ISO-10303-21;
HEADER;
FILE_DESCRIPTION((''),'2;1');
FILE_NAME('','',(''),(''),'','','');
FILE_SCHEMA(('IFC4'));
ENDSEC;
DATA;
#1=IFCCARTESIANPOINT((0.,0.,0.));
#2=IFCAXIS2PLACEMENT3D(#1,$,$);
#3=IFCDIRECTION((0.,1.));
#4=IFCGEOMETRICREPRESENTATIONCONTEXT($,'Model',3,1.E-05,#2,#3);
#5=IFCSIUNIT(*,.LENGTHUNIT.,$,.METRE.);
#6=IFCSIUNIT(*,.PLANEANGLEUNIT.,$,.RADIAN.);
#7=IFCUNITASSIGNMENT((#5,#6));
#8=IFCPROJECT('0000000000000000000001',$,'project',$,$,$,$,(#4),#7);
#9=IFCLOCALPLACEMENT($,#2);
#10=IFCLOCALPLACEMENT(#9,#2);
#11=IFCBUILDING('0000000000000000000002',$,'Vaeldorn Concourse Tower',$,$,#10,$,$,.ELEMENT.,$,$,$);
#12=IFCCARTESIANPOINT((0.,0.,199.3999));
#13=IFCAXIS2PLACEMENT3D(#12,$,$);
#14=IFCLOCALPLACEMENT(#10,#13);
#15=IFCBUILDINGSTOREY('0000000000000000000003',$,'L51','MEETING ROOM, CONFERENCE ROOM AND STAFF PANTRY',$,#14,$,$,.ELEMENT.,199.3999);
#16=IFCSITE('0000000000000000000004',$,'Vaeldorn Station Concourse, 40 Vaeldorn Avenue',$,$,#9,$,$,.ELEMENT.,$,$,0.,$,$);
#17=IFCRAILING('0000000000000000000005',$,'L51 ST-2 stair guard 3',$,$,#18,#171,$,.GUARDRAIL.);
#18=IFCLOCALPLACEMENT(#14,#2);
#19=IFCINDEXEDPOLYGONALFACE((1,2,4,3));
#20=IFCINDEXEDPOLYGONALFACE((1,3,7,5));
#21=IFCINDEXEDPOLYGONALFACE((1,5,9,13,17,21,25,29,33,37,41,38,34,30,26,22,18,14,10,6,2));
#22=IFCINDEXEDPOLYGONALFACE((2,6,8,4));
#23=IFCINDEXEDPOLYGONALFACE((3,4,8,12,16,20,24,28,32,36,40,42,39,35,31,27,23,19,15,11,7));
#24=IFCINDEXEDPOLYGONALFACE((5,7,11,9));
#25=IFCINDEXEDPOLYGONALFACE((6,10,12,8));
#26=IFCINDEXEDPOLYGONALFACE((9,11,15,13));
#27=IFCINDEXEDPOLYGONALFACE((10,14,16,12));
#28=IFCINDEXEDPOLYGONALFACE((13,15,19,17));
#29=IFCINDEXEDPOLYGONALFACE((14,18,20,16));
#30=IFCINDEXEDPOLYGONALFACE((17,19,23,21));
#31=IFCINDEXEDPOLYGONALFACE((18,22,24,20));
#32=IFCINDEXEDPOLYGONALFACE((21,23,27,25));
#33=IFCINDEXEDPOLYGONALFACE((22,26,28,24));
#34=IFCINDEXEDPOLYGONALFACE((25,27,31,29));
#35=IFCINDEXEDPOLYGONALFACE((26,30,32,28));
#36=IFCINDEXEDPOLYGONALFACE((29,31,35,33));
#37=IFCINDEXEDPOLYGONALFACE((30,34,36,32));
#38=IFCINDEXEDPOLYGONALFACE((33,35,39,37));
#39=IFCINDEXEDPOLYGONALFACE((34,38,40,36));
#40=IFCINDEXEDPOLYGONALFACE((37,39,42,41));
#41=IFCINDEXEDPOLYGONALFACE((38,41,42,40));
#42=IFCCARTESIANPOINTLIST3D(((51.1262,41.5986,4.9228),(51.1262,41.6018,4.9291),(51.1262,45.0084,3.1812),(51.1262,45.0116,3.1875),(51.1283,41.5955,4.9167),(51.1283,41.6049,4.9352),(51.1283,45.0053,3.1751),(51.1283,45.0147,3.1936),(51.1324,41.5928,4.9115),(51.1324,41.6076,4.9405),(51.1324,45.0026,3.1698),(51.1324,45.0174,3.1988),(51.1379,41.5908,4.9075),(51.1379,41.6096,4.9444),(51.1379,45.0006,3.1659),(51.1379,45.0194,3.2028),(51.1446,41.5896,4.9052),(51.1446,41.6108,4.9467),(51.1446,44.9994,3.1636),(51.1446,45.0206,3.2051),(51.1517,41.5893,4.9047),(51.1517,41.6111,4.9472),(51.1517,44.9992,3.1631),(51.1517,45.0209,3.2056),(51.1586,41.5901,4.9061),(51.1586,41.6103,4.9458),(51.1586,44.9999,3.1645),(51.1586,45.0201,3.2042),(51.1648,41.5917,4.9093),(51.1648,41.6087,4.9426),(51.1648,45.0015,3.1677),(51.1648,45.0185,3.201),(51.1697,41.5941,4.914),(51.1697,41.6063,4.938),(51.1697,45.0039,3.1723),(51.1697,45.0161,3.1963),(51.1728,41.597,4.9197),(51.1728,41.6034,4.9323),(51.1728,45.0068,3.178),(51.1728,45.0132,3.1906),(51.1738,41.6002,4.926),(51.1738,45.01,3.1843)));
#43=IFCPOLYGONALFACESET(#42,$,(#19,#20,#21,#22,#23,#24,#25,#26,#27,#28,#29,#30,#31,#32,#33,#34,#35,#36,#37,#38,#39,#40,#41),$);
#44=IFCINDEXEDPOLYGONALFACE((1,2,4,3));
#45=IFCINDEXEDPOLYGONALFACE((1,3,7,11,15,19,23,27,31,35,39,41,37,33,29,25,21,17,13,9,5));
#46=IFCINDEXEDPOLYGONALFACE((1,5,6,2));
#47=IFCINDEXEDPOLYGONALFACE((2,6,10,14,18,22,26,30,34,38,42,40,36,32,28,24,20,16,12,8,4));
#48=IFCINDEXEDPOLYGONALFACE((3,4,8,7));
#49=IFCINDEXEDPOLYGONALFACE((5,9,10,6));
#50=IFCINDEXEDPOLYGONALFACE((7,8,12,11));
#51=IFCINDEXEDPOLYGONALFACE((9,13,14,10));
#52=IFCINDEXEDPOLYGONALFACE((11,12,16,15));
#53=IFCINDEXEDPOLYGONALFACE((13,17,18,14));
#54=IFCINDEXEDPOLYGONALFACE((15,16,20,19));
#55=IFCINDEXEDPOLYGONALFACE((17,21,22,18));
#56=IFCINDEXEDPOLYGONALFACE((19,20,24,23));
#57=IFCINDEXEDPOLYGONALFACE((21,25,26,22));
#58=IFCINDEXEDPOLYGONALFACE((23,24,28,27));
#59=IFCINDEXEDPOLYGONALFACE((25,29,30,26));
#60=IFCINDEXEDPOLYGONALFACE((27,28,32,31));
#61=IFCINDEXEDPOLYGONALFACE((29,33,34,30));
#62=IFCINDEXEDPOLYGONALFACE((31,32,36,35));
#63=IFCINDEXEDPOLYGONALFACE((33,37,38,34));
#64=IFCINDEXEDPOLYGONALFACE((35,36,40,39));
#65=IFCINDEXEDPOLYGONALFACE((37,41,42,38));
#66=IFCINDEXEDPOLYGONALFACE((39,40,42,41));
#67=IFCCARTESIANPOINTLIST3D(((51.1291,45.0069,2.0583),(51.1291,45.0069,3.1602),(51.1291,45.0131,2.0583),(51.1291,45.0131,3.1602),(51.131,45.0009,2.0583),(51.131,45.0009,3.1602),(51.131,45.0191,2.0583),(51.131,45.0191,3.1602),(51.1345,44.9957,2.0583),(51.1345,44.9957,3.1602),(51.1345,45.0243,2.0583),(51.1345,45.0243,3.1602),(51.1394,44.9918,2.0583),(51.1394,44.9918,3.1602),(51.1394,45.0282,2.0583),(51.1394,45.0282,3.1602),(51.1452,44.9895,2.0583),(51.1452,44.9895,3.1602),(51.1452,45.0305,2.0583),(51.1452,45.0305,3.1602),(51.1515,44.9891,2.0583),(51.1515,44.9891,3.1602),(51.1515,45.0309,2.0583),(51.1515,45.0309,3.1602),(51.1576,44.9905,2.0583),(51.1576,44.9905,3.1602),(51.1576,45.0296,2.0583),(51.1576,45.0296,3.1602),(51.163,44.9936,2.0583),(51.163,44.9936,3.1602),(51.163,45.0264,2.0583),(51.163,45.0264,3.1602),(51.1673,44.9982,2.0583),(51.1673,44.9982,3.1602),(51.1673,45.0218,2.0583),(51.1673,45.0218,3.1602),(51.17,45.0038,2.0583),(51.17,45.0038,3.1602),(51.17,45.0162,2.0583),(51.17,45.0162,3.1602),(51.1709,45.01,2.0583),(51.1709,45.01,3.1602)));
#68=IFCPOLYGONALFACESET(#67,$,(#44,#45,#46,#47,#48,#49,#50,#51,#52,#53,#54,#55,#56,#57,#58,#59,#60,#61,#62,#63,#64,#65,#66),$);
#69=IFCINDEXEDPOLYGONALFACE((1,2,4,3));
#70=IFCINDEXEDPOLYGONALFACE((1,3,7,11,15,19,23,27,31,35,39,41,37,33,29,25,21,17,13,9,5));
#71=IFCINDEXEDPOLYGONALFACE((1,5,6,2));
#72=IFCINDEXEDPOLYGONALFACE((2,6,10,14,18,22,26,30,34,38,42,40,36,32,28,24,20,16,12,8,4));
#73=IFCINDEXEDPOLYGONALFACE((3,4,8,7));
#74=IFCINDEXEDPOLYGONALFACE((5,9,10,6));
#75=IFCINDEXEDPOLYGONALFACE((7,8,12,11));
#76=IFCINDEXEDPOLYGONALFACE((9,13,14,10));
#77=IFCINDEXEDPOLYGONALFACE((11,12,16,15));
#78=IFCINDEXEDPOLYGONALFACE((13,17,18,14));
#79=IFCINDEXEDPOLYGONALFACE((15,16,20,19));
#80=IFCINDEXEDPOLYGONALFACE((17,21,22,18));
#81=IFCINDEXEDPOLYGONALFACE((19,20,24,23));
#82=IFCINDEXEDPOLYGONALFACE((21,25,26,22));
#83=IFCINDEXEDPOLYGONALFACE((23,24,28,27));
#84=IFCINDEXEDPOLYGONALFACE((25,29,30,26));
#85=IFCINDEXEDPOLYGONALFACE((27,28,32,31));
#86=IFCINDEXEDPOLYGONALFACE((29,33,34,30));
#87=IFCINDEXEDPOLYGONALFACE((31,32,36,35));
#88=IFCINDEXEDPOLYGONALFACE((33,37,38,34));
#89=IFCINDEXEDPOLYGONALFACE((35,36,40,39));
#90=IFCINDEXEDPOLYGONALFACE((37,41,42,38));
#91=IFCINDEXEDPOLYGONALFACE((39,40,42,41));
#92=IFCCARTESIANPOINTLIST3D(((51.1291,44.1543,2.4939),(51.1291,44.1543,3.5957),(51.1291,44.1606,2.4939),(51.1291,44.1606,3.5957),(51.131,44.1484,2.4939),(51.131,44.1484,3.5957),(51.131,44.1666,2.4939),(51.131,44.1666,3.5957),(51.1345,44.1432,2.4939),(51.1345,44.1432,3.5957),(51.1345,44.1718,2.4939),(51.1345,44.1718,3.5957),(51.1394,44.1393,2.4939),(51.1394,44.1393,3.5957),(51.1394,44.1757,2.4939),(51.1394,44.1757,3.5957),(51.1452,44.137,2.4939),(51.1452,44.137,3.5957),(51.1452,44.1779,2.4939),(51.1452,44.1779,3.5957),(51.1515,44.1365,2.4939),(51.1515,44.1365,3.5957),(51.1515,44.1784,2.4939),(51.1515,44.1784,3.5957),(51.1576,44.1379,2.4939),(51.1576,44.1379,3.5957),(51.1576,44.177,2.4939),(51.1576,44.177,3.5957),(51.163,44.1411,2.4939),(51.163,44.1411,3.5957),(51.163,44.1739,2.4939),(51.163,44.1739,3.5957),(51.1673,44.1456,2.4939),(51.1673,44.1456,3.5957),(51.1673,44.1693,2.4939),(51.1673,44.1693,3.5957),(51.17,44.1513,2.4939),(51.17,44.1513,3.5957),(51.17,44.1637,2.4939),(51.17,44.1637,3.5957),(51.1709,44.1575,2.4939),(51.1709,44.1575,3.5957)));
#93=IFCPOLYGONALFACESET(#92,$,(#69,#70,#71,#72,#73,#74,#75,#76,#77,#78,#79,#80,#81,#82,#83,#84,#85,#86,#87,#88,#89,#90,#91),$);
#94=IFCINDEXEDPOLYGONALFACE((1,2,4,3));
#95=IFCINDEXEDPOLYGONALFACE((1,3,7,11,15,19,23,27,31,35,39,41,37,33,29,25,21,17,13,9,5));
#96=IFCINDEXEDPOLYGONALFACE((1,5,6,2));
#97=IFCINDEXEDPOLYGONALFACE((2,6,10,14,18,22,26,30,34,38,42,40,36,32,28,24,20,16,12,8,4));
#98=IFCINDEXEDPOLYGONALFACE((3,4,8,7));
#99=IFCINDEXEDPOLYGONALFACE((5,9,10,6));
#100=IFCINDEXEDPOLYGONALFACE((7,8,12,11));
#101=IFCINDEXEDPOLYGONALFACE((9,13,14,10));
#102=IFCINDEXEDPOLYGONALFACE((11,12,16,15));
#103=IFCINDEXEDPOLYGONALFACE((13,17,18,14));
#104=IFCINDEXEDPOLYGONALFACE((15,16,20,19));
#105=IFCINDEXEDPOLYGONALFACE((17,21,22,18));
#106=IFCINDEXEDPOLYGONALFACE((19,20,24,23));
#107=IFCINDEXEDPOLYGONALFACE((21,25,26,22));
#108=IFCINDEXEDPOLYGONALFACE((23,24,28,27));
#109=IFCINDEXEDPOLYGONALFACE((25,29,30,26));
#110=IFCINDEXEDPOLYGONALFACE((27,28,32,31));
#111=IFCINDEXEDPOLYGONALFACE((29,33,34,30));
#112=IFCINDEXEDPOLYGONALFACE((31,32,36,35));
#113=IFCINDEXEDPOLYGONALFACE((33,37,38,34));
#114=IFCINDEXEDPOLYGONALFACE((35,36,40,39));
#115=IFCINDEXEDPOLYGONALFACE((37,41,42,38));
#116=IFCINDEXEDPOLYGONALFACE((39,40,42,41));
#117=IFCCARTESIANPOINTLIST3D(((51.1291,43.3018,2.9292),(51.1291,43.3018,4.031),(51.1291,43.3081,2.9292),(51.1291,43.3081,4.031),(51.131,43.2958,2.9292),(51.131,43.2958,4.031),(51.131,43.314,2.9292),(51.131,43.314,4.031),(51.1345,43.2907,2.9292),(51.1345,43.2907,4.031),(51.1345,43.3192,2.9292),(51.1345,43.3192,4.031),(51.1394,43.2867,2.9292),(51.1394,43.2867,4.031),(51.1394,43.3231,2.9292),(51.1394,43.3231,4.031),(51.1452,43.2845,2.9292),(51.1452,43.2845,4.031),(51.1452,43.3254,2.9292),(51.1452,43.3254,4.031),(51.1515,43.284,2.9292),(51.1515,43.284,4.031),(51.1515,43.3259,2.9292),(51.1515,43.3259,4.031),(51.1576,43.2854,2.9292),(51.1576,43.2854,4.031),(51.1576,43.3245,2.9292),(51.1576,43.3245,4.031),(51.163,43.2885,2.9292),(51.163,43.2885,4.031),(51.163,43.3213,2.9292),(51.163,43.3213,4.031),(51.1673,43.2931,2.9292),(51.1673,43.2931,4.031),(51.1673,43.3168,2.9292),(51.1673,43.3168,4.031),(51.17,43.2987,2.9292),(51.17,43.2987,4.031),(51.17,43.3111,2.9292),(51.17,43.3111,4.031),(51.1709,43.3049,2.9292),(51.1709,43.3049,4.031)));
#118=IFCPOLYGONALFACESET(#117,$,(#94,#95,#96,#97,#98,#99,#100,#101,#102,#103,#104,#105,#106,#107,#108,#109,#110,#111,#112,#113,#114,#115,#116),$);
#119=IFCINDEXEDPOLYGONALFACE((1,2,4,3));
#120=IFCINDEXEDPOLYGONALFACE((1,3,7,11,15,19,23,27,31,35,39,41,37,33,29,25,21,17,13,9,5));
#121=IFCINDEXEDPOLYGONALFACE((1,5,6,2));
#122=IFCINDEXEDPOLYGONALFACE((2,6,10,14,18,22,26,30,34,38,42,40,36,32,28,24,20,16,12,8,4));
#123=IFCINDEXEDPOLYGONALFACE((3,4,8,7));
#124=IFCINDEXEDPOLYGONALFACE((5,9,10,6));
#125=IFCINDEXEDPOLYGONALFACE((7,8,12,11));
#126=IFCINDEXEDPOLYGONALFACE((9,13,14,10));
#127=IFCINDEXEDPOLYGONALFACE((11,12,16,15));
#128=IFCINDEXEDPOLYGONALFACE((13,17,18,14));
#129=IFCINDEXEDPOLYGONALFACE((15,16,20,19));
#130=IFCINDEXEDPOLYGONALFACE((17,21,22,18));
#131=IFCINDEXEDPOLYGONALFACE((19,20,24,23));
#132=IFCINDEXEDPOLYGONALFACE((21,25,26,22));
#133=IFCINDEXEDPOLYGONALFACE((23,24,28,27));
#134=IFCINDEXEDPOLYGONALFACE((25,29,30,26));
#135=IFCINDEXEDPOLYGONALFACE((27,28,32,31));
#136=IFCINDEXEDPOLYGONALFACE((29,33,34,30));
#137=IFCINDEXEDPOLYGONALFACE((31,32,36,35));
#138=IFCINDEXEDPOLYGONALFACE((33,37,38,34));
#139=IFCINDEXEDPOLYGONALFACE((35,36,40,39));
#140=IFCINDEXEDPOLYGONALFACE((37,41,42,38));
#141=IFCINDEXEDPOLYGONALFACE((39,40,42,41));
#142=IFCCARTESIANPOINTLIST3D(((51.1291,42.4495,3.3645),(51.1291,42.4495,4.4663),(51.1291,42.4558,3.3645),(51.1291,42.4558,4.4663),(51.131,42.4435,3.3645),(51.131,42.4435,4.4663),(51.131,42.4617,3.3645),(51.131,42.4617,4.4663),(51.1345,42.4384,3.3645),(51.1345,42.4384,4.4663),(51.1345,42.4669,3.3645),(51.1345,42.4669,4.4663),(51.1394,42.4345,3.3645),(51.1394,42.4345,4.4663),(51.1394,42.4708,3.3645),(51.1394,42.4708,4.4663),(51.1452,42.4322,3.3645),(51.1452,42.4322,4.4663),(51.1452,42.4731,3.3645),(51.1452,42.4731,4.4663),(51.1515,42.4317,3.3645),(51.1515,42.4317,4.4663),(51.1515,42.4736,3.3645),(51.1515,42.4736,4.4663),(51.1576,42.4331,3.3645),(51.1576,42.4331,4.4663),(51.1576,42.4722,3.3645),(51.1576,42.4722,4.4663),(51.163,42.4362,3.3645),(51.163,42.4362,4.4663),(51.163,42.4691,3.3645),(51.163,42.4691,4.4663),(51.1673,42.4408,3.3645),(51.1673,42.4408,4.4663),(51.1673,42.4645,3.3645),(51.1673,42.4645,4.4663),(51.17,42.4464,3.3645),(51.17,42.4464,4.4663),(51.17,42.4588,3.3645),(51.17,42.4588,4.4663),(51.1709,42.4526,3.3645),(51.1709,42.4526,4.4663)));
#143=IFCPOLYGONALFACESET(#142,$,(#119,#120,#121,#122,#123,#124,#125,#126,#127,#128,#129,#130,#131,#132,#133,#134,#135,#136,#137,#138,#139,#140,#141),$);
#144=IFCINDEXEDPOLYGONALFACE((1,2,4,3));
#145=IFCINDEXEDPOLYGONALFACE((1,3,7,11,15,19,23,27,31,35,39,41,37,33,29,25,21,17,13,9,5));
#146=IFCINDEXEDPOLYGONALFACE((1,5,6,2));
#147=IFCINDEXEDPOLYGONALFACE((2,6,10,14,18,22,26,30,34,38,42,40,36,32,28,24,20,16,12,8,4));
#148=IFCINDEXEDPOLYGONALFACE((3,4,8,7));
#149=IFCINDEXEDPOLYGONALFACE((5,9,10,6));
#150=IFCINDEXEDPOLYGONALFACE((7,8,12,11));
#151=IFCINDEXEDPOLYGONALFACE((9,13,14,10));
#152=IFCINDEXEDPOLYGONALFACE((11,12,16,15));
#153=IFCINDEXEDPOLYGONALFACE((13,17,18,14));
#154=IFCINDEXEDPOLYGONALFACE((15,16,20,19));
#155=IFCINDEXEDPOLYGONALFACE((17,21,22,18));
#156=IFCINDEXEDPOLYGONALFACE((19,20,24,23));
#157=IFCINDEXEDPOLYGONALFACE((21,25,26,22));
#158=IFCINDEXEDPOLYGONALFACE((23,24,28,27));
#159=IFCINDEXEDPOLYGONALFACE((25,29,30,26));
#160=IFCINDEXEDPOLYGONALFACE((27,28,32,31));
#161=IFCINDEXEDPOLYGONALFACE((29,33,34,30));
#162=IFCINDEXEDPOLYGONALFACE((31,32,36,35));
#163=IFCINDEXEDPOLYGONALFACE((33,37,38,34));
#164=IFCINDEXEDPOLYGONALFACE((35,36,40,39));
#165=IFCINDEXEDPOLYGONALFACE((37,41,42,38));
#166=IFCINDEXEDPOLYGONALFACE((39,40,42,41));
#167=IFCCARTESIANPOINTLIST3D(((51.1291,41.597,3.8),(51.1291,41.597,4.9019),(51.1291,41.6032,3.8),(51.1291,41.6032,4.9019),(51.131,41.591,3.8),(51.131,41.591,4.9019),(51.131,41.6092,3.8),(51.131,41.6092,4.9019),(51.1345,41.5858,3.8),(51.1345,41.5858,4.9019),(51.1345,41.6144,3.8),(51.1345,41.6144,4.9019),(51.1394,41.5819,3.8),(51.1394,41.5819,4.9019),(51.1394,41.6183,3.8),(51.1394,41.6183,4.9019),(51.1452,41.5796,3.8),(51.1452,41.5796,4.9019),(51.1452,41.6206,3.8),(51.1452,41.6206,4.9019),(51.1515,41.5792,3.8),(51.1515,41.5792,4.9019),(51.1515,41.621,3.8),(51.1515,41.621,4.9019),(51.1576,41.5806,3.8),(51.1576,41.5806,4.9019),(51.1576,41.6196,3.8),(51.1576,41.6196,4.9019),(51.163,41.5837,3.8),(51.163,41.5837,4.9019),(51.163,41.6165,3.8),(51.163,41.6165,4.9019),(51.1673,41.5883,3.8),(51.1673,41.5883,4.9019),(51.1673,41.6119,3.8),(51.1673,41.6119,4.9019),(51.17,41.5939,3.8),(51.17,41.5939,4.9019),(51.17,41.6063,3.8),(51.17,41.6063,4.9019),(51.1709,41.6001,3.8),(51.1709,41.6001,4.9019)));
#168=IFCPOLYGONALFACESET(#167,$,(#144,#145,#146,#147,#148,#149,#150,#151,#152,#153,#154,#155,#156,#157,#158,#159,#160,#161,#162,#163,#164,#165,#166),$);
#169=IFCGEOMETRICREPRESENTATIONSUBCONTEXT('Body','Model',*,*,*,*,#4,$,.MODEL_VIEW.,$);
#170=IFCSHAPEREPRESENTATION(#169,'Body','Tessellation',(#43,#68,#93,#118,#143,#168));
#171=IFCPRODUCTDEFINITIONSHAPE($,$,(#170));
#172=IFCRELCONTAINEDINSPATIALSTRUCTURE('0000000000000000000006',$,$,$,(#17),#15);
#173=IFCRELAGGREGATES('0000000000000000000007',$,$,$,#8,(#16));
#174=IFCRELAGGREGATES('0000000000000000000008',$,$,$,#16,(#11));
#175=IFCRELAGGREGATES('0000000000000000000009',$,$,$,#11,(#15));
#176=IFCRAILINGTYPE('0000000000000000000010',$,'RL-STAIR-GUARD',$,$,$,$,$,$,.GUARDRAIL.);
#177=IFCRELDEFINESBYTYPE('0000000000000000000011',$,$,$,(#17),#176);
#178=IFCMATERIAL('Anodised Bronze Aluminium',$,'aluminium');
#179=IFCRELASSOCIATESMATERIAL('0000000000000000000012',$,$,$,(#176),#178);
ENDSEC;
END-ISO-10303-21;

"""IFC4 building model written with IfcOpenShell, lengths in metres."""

from ifc_helpers import new_model, si_unit, direction, frame, origin, origin_2d, place, context, subcontext, project, spatial, circle, extrude, material, type_object, element, save


model = new_model("IFC4")

# Units and contexts
model_context = context("Model", 3, precision=1e-05, world=origin(), true_north=direction((0.0, 1.0)))
body_context = subcontext(model_context, "Body", "Model", "MODEL_VIEW")
ifc_project = project(units=[si_unit("LENGTHUNIT", "METRE"), si_unit("PLANEANGLEUNIT", "RADIAN")], contexts=[model_context])

# Site, building, storey
site_placement = place(None, origin())
site = spatial("IfcSite", under=ifc_project, at=site_placement, Name="Vaeldorn Station Concourse, 40 Vaeldorn Avenue", CompositionType="ELEMENT", RefElevation=0.0)
building_placement = place(site_placement, origin())
building = spatial("IfcBuilding", under=site, at=building_placement, Name="Vaeldorn Concourse Tower", CompositionType="ELEMENT")
storey_placement = place(building_placement, frame((0.0, 0.0, 199.3999)))
storey = spatial("IfcBuildingStorey", under=building, at=storey_placement, Name="L51", Description="MEETING ROOM, CONFERENCE ROOM AND STAFF PANTRY", CompositionType="ELEMENT", Elevation=199.3999)

# Shared definitions
ifc_material_1 = material(Name="Anodised Bronze Aluminium", Category="aluminium")

# Railing
railing_type_1 = type_object("IfcRailingType", Name="RL-STAIR-GUARD", PredefinedType="GUARDRAIL", material=ifc_material_1)
railing_1_placement = place(storey_placement, frame((51.1499, 45.01, 2.0583)))
element("IfcRailing", 1, at=railing_1_placement, inside=storey, type_object=railing_type_1, Name="L51 ST-2 stair guard 3", PredefinedType="GUARDRAIL", context=body_context, shape_type="SweptSolid", body=[
    extrude(circle(Radius=0.0239, at=origin_2d()), frame((0.0, 0.0, 1.126), z_axis=(0.0, -0.890556, 0.454874), x_axis=(1.0, 0.0, 0.0)), (0.0, 0.0, 1.0), 3.8289),
    extrude(circle(Radius=0.021, at=origin_2d()), origin(), (0.0, 0.0, 1.0), 1.1018),
    extrude(circle(Radius=0.021, at=origin_2d()), frame((0.0, -0.8525, 0.4355)), (0.0, 0.0, 1.0), 1.1018),
    extrude(circle(Radius=0.021, at=origin_2d()), frame((0.0, -1.7051, 0.8708)), (0.0, 0.0, 1.0), 1.1018),
    extrude(circle(Radius=0.021, at=origin_2d()), frame((0.0, -2.5574, 1.3062)), (0.0, 0.0, 1.0), 1.1018),
    extrude(circle(Radius=0.021, at=origin_2d()), frame((0.0, -3.4099, 1.7417)), (0.0, 0.0, 1.0), 1.1018),
])

save(model, "model.ifc")
